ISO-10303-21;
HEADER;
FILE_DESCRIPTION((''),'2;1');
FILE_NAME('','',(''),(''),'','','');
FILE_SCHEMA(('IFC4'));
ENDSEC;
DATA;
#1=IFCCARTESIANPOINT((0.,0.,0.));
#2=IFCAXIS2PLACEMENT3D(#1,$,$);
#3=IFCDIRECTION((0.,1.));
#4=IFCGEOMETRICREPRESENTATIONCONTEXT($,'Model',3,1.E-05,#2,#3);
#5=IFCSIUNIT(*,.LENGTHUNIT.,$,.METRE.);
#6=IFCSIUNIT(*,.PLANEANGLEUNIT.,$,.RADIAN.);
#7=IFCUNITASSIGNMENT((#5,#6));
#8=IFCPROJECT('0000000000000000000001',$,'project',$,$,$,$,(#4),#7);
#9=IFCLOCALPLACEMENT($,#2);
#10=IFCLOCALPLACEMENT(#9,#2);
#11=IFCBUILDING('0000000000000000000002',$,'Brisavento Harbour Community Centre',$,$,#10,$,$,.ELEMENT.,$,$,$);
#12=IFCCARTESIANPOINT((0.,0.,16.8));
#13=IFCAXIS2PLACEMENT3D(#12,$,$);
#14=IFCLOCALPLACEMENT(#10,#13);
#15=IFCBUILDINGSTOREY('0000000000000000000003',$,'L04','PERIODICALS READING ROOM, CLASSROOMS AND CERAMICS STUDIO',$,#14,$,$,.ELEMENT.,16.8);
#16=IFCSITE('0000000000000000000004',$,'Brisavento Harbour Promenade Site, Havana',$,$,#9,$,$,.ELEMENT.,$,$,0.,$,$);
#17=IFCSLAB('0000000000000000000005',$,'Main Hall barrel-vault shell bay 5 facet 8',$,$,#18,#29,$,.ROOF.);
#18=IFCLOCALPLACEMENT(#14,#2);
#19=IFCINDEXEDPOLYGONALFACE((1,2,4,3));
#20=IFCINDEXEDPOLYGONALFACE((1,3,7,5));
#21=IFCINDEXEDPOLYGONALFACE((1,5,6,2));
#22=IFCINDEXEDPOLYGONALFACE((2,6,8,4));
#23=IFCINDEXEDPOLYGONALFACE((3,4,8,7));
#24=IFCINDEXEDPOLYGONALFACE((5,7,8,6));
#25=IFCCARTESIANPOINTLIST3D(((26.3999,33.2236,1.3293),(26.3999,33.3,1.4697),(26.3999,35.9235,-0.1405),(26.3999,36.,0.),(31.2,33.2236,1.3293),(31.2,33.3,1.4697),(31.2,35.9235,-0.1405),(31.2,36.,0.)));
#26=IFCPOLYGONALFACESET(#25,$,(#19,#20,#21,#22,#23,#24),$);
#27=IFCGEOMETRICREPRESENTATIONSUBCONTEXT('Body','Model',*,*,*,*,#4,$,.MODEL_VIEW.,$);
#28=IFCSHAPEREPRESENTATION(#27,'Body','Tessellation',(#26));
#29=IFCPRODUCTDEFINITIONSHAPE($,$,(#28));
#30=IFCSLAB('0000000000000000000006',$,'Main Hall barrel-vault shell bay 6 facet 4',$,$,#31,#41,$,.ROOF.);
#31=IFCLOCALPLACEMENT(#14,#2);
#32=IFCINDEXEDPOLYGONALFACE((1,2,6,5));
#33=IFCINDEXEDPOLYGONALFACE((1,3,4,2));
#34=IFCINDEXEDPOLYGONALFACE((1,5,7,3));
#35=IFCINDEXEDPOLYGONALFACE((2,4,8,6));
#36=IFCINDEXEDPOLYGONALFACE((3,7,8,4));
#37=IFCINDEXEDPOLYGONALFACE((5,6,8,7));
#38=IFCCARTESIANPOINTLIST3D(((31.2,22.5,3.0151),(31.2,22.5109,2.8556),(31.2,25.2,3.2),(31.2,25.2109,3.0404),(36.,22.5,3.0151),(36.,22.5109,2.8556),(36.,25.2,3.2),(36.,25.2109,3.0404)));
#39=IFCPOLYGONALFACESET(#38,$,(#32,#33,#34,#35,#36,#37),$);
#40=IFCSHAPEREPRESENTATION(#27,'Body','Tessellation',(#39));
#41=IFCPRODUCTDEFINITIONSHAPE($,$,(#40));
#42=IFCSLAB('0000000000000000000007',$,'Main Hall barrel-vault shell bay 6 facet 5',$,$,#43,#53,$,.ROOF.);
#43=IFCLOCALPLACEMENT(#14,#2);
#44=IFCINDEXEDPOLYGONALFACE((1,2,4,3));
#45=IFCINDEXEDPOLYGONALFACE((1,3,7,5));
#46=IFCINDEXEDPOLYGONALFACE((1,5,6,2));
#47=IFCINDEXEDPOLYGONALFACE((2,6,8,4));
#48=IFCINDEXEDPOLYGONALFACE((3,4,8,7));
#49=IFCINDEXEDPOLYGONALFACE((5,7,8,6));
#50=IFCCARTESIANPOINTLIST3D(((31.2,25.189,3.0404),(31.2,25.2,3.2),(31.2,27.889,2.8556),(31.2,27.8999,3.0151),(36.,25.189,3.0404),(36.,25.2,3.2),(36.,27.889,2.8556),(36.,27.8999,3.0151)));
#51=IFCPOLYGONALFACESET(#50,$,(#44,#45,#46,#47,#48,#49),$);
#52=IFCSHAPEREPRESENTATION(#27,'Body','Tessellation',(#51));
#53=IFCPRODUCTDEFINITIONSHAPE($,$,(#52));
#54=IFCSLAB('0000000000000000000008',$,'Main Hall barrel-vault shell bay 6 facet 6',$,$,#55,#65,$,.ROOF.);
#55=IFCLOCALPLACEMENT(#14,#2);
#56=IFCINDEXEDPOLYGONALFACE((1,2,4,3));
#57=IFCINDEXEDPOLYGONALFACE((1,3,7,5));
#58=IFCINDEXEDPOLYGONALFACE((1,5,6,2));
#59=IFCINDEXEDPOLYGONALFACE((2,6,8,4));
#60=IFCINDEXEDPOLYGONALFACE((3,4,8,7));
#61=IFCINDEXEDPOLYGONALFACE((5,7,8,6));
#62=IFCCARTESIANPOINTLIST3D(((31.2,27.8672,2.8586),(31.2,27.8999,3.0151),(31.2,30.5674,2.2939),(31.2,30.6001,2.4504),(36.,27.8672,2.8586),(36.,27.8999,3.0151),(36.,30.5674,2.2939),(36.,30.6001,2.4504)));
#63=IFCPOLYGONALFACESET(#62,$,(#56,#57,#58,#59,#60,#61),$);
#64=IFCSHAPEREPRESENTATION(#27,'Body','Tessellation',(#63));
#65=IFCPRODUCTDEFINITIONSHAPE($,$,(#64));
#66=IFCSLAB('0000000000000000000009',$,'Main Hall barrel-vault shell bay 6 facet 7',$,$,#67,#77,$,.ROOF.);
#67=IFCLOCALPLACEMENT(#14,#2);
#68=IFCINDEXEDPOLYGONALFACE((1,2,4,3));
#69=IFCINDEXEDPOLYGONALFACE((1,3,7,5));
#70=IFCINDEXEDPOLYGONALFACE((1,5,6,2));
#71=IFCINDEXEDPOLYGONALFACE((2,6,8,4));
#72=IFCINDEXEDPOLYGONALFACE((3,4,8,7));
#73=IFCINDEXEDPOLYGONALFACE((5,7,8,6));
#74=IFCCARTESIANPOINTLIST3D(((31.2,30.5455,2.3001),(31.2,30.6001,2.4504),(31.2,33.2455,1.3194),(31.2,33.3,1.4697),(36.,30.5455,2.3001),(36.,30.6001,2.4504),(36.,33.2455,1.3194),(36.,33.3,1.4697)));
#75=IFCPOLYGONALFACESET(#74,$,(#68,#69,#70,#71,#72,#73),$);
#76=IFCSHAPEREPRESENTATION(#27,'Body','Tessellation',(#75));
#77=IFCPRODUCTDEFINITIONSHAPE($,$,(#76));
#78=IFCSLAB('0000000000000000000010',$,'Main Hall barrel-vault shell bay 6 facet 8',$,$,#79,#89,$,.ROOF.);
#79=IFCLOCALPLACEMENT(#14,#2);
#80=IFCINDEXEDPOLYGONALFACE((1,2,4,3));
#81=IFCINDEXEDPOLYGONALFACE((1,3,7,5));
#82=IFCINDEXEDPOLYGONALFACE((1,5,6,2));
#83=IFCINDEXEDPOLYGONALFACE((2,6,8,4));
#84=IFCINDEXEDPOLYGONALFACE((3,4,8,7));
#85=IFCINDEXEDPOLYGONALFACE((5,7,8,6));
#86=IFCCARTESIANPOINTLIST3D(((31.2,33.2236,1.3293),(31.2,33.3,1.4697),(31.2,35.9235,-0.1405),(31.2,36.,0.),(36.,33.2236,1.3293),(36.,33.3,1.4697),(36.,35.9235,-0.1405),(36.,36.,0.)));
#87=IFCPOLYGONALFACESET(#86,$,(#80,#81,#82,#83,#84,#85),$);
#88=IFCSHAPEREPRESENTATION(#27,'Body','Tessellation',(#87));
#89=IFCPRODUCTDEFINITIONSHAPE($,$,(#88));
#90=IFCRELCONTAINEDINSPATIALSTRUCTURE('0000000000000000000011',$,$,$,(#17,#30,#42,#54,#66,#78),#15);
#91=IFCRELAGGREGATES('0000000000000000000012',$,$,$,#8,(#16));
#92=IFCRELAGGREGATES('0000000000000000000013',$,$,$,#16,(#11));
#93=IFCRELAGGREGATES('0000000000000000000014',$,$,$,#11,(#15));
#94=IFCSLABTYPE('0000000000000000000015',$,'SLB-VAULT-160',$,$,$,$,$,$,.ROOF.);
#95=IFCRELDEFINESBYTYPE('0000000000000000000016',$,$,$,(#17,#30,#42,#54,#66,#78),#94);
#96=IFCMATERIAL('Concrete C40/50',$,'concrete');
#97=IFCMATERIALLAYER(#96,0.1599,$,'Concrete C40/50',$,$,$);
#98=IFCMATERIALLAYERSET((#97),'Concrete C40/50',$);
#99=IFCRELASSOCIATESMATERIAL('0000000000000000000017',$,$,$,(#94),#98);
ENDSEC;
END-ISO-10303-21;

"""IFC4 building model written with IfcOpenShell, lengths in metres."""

from ifc_helpers import new_model, si_unit, direction, frame, origin, place, context, subcontext, project, spatial, polyline, outline, extrude, material, layer, layer_set, type_object, element, save


model = new_model("IFC4")

# Units and contexts
model_context = context("Model", 3, precision=1e-05, world=origin(), true_north=direction((0.0, 1.0)))
body_context = subcontext(model_context, "Body", "Model", "MODEL_VIEW")
ifc_project = project(units=[si_unit("LENGTHUNIT", "METRE"), si_unit("PLANEANGLEUNIT", "RADIAN")], contexts=[model_context])

# Site, building, storey
site_placement = place(None, origin())
site = spatial("IfcSite", under=ifc_project, at=site_placement, Name="Brisavento Harbour Promenade Site, Havana", CompositionType="ELEMENT", RefElevation=0.0)
building_placement = place(site_placement, origin())
building = spatial("IfcBuilding", under=site, at=building_placement, Name="Brisavento Harbour Community Centre", CompositionType="ELEMENT")
storey_placement = place(building_placement, frame((0.0, 0.0, 16.8)))
storey = spatial("IfcBuildingStorey", under=building, at=storey_placement, Name="L04", Description="PERIODICALS READING ROOM, CLASSROOMS AND CERAMICS STUDIO", CompositionType="ELEMENT", Elevation=16.8)

# Shared definitions
ifc_material = material(Name="Concrete C40/50", Category="concrete")

# Slabs
ifc_layer = layer(ifc_material, 0.1599, Name="Concrete C40/50")
ifc_layer_set = layer_set([ifc_layer], Name="Concrete C40/50")
slab_type = type_object("IfcSlabType", Name="SLB-VAULT-160", PredefinedType="ROOF", material=ifc_layer_set)
slab_1_placement = place(storey_placement, frame((26.3999, 33.3, 1.4697), z_axis=(0.0, 0.478106, 0.878302), x_axis=(1.0, 0.0, 0.0)))
element("IfcSlab", 1, at=slab_1_placement, inside=storey, type_object=slab_type, Name="Main Hall barrel-vault shell bay 5 facet 8", PredefinedType="ROOF", context=body_context, shape_type="SweptSolid", body=[
    extrude(outline(polyline([(0.0, 0.0), (4.8, 0.0), (4.8, 3.0741), (0.0, 3.0741), (0.0, 0.0)])), origin(), (0.0, 0.0, -1.0), 0.1599),
])
for number, where, z_axis, x_axis, name in (
    (2, (31.2, 22.5, 3.0151), (0.0, -0.068291, 0.997665), (1.0, 0.0, 0.0), "Main Hall barrel-vault shell bay 6 facet 4"),
    (3, (31.2, 25.2, 3.2), (0.0, 0.068291, 0.997665), (1.0, 0.0, 0.0), "Main Hall barrel-vault shell bay 6 facet 5"),
):
    element("IfcSlab", number, at=place(storey_placement, frame(where, z_axis=z_axis, x_axis=x_axis)), inside=storey, type_object=slab_type, Name=name, PredefinedType="ROOF", context=body_context, shape_type="SweptSolid", body=[
        extrude(outline(polyline([(0.0, 0.0), (4.8, 0.0), (4.8, 2.7063), (0.0, 2.7063), (0.0, 0.0)])), origin(), (0.0, 0.0, -1.0), 0.1599),
    ])
slab_2_placement = place(storey_placement, frame((31.2, 27.8999, 3.0151), z_axis=(0.0, 0.204703, 0.978824), x_axis=(1.0, 0.0, 0.0)))
element("IfcSlab", 4, at=slab_2_placement, inside=storey, type_object=slab_type, Name="Main Hall barrel-vault shell bay 6 facet 6", PredefinedType="ROOF", context=body_context, shape_type="SweptSolid", body=[
    extrude(outline(polyline([(0.0, 0.0), (4.8, 0.0), (4.8, 2.7586), (0.0, 2.7586), (0.0, 0.0)])), origin(), (0.0, 0.0, -1.0), 0.1599),
])
slab_3_placement = place(storey_placement, frame((31.2, 30.6001, 2.4504), z_axis=(0.0, 0.341409, 0.939915), x_axis=(1.0, 0.0, 0.0)))
element("IfcSlab", 5, at=slab_3_placement, inside=storey, type_object=slab_type, Name="Main Hall barrel-vault shell bay 6 facet 7", PredefinedType="ROOF", context=body_context, shape_type="SweptSolid", body=[
    extrude(outline(polyline([(0.0, 0.0), (4.8, 0.0), (4.8, 2.8725), (0.0, 2.8725), (0.0, 0.0)])), origin(), (0.0, 0.0, -1.0), 0.1599),
])
slab_4_placement = place(storey_placement, frame((31.2, 33.3, 1.4697), z_axis=(0.0, 0.478106, 0.878302), x_axis=(1.0, 0.0, 0.0)))
element("IfcSlab", 6, at=slab_4_placement, inside=storey, type_object=slab_type, Name="Main Hall barrel-vault shell bay 6 facet 8", PredefinedType="ROOF", context=body_context, shape_type="SweptSolid", body=[
    extrude(outline(polyline([(0.0, 0.0), (4.8, 0.0), (4.8, 3.0741), (0.0, 3.0741), (0.0, 0.0)])), origin(), (0.0, 0.0, -1.0), 0.1599),
])

save(model, "model.ifc")
